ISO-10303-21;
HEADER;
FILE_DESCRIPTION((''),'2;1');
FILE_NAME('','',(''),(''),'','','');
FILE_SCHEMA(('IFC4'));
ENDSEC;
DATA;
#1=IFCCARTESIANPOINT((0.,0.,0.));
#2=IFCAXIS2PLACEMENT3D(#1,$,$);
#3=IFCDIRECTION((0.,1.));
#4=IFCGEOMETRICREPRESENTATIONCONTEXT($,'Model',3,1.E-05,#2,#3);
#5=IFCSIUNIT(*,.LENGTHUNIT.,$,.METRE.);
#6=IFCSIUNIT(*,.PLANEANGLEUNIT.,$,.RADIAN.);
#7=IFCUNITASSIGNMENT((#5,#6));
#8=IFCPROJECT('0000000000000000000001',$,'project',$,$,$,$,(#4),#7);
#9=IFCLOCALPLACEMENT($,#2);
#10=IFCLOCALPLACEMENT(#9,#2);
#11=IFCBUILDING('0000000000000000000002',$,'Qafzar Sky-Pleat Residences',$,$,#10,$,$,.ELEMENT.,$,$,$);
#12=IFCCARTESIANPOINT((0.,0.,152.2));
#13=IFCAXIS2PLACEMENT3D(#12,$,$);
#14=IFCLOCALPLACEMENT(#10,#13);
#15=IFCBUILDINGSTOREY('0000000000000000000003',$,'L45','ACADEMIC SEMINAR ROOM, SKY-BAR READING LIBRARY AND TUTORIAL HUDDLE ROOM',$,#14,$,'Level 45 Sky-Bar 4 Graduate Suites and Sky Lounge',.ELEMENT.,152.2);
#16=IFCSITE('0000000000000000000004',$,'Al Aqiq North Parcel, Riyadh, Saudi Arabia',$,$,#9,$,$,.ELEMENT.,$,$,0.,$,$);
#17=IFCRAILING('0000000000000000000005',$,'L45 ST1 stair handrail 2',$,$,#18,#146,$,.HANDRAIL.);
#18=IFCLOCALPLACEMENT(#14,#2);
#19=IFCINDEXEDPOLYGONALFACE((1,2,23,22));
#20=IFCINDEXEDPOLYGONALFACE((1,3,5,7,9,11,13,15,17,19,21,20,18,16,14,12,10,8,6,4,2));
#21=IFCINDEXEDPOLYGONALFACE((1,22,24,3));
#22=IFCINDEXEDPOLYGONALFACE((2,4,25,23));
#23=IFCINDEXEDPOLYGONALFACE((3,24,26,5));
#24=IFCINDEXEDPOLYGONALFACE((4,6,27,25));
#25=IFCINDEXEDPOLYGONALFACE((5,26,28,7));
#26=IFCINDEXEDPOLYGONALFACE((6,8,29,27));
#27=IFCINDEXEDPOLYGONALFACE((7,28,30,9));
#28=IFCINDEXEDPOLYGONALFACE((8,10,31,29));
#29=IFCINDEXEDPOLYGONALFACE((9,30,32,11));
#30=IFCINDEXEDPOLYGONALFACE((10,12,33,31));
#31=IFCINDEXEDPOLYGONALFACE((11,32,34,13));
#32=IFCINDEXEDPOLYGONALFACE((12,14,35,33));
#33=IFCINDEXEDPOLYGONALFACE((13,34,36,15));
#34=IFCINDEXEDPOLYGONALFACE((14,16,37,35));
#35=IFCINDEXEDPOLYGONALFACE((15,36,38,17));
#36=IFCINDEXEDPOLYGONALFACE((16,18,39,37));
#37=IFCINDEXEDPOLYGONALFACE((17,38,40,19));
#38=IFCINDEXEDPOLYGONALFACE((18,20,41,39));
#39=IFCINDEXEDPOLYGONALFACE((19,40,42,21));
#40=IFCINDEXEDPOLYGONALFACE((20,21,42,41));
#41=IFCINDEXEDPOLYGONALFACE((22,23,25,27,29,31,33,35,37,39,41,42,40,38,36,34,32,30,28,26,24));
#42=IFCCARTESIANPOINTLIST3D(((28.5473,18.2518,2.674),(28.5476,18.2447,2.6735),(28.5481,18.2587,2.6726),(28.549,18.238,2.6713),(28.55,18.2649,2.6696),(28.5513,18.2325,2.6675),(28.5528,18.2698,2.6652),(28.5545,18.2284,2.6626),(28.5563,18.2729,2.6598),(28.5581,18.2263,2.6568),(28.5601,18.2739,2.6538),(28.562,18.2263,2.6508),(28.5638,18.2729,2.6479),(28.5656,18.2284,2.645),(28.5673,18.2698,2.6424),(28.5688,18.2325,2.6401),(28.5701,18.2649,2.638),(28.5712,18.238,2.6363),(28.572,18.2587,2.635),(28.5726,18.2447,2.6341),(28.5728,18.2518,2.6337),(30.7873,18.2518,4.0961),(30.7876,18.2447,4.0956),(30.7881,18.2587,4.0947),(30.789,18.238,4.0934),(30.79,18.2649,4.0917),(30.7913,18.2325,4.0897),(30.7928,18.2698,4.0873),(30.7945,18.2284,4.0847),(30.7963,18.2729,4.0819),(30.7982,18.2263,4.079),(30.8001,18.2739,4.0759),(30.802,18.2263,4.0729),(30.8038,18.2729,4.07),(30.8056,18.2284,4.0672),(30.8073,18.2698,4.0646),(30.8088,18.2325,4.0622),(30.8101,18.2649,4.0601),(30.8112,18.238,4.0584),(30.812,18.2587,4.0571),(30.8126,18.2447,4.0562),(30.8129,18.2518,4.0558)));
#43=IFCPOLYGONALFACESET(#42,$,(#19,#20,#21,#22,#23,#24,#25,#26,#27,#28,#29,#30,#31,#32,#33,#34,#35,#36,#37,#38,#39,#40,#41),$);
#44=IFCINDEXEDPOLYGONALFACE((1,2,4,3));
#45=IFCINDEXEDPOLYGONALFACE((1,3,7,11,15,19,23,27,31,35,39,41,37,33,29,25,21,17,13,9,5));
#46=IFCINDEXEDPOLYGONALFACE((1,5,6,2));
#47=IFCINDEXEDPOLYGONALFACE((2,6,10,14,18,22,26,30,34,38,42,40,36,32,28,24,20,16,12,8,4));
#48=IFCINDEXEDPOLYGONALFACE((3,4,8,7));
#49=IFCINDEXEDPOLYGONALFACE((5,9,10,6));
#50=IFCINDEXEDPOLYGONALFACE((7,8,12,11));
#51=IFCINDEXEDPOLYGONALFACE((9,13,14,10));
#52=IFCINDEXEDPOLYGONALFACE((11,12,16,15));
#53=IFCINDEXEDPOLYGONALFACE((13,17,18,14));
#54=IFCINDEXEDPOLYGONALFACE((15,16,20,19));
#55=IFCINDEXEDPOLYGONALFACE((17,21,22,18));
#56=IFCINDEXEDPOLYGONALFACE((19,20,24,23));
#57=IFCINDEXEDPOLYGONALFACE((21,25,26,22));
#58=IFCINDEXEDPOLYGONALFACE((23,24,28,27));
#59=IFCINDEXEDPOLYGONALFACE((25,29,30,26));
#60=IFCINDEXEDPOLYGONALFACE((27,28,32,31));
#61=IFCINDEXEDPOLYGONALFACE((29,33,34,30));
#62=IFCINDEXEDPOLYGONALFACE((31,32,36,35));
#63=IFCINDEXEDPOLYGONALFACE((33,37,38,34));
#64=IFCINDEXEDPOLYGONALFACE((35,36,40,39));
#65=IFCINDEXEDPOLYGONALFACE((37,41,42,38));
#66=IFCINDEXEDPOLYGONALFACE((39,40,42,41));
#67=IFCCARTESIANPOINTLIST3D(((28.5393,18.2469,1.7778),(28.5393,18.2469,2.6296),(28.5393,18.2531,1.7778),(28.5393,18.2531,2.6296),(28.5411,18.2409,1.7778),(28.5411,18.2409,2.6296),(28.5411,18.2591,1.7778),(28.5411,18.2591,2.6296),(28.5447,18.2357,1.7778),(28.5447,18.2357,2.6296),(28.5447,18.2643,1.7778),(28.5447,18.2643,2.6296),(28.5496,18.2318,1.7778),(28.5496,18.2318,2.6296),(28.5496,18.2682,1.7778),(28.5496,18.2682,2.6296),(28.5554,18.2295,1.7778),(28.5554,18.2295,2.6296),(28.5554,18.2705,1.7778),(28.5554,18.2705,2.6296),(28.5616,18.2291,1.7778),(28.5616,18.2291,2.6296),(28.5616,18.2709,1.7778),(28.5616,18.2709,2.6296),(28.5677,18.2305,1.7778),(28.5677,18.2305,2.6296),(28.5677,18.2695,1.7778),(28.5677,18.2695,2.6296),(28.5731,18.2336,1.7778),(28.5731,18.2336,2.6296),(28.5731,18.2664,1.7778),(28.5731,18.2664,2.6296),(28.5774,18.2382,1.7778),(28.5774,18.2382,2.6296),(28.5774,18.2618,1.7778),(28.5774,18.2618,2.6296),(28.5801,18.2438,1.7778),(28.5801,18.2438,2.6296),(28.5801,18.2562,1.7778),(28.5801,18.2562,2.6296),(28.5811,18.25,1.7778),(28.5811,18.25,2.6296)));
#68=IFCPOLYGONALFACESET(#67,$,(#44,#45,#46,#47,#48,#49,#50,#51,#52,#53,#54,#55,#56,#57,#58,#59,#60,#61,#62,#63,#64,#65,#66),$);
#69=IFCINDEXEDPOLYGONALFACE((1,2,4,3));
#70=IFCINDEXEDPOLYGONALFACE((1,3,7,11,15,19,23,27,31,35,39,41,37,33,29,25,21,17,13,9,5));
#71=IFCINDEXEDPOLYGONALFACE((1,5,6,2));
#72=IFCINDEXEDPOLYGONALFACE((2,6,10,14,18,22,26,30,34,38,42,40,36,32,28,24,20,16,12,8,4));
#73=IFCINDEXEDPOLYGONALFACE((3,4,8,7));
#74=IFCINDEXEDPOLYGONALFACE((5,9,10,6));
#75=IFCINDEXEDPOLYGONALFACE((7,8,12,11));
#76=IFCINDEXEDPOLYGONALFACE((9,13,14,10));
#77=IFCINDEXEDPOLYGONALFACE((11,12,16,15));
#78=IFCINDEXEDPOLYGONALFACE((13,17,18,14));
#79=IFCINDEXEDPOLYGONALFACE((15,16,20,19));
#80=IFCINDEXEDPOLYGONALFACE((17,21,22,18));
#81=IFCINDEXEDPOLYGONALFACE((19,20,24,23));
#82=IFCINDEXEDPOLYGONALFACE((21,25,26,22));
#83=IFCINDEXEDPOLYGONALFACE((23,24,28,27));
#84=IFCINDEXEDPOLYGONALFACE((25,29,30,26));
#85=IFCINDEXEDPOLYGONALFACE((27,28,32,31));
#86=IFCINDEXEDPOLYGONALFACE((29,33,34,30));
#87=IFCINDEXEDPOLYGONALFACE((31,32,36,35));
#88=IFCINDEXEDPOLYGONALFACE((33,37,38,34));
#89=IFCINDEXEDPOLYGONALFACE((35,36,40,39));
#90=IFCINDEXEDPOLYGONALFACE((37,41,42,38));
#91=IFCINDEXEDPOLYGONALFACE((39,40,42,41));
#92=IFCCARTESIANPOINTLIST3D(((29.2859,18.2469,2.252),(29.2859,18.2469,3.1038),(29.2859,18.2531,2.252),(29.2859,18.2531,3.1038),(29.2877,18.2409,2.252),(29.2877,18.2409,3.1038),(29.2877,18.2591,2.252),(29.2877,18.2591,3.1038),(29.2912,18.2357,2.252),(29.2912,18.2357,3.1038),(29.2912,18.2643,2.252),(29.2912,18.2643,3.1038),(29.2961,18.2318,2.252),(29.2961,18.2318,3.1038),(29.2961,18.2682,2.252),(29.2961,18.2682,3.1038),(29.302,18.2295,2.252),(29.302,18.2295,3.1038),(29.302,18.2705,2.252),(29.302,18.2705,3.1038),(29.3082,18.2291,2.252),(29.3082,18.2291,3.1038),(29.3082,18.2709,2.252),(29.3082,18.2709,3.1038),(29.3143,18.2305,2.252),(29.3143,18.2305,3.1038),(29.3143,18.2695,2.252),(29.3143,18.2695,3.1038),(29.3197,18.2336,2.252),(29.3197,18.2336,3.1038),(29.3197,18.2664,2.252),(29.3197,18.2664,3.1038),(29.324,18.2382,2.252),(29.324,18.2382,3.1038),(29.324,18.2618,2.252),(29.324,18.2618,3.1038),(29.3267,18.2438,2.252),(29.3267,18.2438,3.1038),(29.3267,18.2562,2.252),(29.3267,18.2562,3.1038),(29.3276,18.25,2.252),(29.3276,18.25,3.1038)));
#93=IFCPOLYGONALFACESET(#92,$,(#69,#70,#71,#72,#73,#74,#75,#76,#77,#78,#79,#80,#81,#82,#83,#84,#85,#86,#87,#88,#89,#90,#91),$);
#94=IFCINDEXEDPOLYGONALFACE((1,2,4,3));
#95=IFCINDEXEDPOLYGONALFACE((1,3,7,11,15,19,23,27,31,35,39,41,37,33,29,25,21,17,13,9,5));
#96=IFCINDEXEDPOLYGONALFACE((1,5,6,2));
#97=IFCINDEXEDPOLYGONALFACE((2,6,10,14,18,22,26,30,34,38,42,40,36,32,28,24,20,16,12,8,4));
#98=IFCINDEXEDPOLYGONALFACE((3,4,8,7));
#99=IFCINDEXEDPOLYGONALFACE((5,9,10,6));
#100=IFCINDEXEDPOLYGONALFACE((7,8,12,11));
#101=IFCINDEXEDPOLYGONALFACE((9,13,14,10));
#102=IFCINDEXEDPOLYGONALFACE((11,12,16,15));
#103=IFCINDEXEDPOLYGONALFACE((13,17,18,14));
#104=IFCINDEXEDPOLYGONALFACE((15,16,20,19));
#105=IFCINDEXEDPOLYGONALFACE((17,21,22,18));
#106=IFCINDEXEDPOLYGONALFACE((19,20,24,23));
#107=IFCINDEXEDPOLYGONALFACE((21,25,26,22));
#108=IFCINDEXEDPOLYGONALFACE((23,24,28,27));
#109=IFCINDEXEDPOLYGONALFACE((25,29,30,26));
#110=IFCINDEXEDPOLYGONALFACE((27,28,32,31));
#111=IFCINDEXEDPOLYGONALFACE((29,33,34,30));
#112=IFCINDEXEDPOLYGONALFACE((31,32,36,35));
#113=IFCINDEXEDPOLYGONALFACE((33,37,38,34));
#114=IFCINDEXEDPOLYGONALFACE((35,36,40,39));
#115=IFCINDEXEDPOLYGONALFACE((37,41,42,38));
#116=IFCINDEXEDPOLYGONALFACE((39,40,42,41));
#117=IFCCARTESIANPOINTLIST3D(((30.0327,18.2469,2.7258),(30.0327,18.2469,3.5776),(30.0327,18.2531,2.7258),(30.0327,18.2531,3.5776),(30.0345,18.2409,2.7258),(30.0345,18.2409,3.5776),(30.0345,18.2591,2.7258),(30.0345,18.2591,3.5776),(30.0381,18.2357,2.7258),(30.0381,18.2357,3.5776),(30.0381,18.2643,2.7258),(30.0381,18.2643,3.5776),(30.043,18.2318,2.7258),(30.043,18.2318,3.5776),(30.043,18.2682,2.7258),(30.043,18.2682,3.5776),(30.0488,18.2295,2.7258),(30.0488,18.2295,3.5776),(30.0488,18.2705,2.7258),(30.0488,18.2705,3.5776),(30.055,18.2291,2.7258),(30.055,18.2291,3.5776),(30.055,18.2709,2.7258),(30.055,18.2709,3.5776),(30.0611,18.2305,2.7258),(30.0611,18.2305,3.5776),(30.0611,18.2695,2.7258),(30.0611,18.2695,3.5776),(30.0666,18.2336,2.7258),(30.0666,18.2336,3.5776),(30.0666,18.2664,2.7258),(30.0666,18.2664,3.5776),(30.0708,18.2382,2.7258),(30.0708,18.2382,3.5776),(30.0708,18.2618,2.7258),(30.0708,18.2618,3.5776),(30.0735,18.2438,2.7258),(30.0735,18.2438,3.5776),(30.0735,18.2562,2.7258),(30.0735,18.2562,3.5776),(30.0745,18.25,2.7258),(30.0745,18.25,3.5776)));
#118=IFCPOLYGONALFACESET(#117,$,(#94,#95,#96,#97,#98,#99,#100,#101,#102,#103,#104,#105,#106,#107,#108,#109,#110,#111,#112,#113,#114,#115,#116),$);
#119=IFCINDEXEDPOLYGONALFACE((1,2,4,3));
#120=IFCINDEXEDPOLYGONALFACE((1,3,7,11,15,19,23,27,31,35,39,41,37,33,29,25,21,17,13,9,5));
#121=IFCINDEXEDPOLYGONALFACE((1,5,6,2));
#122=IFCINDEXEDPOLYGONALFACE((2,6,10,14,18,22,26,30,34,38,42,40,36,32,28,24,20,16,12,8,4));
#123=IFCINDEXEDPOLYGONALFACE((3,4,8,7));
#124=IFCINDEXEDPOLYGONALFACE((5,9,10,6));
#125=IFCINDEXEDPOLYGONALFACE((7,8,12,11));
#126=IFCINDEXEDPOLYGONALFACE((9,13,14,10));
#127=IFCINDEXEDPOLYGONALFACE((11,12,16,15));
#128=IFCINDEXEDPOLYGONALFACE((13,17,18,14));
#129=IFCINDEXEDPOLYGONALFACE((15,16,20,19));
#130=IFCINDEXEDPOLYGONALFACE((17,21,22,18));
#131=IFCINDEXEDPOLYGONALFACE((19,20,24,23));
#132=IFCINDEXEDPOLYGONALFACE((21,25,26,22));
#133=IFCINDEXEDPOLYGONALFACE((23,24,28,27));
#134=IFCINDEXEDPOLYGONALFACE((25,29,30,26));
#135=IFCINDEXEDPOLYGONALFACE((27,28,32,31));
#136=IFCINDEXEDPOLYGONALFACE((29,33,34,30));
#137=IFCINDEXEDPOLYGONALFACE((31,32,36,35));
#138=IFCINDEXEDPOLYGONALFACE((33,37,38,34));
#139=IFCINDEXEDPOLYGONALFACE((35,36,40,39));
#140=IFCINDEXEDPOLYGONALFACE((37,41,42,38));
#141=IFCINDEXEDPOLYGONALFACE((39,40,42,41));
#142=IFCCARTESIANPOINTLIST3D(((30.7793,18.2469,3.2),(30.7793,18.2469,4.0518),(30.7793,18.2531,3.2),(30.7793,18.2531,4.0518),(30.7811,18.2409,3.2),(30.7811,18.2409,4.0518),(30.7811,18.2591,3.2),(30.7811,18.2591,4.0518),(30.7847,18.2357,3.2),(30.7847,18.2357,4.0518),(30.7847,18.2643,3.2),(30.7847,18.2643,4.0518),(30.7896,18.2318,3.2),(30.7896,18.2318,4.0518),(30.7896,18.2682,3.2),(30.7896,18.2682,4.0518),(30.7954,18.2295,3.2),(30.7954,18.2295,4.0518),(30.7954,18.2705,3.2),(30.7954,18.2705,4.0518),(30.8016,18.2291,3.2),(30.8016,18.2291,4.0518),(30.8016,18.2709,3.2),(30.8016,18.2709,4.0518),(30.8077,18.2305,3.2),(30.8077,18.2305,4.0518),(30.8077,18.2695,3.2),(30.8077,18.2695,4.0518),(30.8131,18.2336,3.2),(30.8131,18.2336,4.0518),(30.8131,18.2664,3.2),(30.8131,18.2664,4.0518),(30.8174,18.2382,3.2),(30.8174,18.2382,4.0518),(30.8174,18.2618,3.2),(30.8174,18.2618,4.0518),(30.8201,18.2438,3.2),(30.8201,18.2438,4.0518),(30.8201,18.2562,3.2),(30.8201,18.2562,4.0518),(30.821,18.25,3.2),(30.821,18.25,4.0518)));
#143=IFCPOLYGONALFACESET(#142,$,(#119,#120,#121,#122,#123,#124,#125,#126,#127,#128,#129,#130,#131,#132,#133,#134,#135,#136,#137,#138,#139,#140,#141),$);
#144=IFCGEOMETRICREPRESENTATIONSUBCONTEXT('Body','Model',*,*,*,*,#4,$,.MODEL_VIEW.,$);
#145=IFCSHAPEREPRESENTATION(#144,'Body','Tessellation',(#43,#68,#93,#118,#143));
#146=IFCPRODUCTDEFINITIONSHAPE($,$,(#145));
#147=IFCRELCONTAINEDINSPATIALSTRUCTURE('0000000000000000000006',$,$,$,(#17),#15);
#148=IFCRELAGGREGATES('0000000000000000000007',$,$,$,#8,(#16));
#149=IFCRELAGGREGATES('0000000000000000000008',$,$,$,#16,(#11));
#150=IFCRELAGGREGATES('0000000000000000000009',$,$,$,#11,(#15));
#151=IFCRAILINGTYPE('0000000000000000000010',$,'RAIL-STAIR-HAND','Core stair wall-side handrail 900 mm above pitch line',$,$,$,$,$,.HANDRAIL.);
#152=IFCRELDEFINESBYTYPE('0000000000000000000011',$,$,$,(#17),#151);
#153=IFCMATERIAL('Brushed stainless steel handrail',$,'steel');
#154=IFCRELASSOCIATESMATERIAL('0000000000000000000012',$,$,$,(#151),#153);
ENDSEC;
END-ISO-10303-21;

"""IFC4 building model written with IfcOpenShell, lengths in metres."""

from ifc_helpers import new_model, si_unit, direction, frame, origin, origin_2d, place, context, subcontext, project, spatial, circle, extrude, source, transform, mapped, material, type_object, element, save


model = new_model("IFC4")

# Units and contexts
model_context = context("Model", 3, precision=1e-05, world=origin(), true_north=direction((0.0, 1.0)))
body_context = subcontext(model_context, "Body", "Model", "MODEL_VIEW")
ifc_project = project(units=[si_unit("LENGTHUNIT", "METRE"), si_unit("PLANEANGLEUNIT", "RADIAN")], contexts=[model_context])

# Site, building, storey
site_placement = place(None, origin())
site = spatial("IfcSite", under=ifc_project, at=site_placement, Name="Al Aqiq North Parcel, Riyadh, Saudi Arabia", CompositionType="ELEMENT", RefElevation=0.0)
building_placement = place(site_placement, origin())
building = spatial("IfcBuilding", under=site, at=building_placement, Name="Qafzar Sky-Pleat Residences", CompositionType="ELEMENT")
storey_placement = place(building_placement, frame((0.0, 0.0, 152.2)))
storey = spatial("IfcBuildingStorey", under=building, at=storey_placement, Name="L45", Description="ACADEMIC SEMINAR ROOM, SKY-BAR READING LIBRARY AND TUTORIAL HUDDLE ROOM", LongName="Level 45 Sky-Bar 4 Graduate Suites and Sky Lounge", CompositionType="ELEMENT", Elevation=152.2)

# Railing
ifc_material_1 = material(Name="Brushed stainless steel handrail", Category="steel")
railing_type_1 = type_object("IfcRailingType", Name="RAIL-STAIR-HAND", Description="Core stair wall-side handrail 900 mm above pitch line", PredefinedType="HANDRAIL", material=ifc_material_1)
shared_shape_1 = source(origin(), body_context, "Body", "SweptSolid", [
    extrude(circle(Radius=0.0239, at=origin_2d()), frame((0.0, 0.0, 0.876), z_axis=(0.844229, 0.0, 0.535982), x_axis=(0.0, 1.0, 0.0)), (0.0, 0.0, 1.0), 2.6533),
    extrude(circle(Radius=0.021, at=origin_2d()), origin(), (0.0, 0.0, 1.0), 0.8518),
    extrude(circle(Radius=0.021, at=origin_2d()), frame((0.7466, 0.0, 0.4741)), (0.0, 0.0, 1.0), 0.8518),
    extrude(circle(Radius=0.021, at=origin_2d()), frame((1.4934, 0.0, 0.948)), (0.0, 0.0, 1.0), 0.8518),
    extrude(circle(Radius=0.021, at=origin_2d()), frame((2.24, 0.0, 1.4221)), (0.0, 0.0, 1.0), 0.8518),
])
railing_1_placement = place(storey_placement, frame((28.5601, 18.25, 1.7778)))
element("IfcRailing", 1, at=railing_1_placement, inside=storey, type_object=railing_type_1, Name="L45 ST1 stair handrail 2", PredefinedType="HANDRAIL", context=body_context, shape_type="MappedRepresentation", body=[
    mapped(shared_shape_1, transform((0.0, 0.0, 0.0), x_axis=(1.0, 0.0, 0.0), y_axis=(0.0, 1.0, 0.0), z_axis=(0.0, 0.0, 1.0), scale=1.0)),
])

save(model, "model.ifc")
